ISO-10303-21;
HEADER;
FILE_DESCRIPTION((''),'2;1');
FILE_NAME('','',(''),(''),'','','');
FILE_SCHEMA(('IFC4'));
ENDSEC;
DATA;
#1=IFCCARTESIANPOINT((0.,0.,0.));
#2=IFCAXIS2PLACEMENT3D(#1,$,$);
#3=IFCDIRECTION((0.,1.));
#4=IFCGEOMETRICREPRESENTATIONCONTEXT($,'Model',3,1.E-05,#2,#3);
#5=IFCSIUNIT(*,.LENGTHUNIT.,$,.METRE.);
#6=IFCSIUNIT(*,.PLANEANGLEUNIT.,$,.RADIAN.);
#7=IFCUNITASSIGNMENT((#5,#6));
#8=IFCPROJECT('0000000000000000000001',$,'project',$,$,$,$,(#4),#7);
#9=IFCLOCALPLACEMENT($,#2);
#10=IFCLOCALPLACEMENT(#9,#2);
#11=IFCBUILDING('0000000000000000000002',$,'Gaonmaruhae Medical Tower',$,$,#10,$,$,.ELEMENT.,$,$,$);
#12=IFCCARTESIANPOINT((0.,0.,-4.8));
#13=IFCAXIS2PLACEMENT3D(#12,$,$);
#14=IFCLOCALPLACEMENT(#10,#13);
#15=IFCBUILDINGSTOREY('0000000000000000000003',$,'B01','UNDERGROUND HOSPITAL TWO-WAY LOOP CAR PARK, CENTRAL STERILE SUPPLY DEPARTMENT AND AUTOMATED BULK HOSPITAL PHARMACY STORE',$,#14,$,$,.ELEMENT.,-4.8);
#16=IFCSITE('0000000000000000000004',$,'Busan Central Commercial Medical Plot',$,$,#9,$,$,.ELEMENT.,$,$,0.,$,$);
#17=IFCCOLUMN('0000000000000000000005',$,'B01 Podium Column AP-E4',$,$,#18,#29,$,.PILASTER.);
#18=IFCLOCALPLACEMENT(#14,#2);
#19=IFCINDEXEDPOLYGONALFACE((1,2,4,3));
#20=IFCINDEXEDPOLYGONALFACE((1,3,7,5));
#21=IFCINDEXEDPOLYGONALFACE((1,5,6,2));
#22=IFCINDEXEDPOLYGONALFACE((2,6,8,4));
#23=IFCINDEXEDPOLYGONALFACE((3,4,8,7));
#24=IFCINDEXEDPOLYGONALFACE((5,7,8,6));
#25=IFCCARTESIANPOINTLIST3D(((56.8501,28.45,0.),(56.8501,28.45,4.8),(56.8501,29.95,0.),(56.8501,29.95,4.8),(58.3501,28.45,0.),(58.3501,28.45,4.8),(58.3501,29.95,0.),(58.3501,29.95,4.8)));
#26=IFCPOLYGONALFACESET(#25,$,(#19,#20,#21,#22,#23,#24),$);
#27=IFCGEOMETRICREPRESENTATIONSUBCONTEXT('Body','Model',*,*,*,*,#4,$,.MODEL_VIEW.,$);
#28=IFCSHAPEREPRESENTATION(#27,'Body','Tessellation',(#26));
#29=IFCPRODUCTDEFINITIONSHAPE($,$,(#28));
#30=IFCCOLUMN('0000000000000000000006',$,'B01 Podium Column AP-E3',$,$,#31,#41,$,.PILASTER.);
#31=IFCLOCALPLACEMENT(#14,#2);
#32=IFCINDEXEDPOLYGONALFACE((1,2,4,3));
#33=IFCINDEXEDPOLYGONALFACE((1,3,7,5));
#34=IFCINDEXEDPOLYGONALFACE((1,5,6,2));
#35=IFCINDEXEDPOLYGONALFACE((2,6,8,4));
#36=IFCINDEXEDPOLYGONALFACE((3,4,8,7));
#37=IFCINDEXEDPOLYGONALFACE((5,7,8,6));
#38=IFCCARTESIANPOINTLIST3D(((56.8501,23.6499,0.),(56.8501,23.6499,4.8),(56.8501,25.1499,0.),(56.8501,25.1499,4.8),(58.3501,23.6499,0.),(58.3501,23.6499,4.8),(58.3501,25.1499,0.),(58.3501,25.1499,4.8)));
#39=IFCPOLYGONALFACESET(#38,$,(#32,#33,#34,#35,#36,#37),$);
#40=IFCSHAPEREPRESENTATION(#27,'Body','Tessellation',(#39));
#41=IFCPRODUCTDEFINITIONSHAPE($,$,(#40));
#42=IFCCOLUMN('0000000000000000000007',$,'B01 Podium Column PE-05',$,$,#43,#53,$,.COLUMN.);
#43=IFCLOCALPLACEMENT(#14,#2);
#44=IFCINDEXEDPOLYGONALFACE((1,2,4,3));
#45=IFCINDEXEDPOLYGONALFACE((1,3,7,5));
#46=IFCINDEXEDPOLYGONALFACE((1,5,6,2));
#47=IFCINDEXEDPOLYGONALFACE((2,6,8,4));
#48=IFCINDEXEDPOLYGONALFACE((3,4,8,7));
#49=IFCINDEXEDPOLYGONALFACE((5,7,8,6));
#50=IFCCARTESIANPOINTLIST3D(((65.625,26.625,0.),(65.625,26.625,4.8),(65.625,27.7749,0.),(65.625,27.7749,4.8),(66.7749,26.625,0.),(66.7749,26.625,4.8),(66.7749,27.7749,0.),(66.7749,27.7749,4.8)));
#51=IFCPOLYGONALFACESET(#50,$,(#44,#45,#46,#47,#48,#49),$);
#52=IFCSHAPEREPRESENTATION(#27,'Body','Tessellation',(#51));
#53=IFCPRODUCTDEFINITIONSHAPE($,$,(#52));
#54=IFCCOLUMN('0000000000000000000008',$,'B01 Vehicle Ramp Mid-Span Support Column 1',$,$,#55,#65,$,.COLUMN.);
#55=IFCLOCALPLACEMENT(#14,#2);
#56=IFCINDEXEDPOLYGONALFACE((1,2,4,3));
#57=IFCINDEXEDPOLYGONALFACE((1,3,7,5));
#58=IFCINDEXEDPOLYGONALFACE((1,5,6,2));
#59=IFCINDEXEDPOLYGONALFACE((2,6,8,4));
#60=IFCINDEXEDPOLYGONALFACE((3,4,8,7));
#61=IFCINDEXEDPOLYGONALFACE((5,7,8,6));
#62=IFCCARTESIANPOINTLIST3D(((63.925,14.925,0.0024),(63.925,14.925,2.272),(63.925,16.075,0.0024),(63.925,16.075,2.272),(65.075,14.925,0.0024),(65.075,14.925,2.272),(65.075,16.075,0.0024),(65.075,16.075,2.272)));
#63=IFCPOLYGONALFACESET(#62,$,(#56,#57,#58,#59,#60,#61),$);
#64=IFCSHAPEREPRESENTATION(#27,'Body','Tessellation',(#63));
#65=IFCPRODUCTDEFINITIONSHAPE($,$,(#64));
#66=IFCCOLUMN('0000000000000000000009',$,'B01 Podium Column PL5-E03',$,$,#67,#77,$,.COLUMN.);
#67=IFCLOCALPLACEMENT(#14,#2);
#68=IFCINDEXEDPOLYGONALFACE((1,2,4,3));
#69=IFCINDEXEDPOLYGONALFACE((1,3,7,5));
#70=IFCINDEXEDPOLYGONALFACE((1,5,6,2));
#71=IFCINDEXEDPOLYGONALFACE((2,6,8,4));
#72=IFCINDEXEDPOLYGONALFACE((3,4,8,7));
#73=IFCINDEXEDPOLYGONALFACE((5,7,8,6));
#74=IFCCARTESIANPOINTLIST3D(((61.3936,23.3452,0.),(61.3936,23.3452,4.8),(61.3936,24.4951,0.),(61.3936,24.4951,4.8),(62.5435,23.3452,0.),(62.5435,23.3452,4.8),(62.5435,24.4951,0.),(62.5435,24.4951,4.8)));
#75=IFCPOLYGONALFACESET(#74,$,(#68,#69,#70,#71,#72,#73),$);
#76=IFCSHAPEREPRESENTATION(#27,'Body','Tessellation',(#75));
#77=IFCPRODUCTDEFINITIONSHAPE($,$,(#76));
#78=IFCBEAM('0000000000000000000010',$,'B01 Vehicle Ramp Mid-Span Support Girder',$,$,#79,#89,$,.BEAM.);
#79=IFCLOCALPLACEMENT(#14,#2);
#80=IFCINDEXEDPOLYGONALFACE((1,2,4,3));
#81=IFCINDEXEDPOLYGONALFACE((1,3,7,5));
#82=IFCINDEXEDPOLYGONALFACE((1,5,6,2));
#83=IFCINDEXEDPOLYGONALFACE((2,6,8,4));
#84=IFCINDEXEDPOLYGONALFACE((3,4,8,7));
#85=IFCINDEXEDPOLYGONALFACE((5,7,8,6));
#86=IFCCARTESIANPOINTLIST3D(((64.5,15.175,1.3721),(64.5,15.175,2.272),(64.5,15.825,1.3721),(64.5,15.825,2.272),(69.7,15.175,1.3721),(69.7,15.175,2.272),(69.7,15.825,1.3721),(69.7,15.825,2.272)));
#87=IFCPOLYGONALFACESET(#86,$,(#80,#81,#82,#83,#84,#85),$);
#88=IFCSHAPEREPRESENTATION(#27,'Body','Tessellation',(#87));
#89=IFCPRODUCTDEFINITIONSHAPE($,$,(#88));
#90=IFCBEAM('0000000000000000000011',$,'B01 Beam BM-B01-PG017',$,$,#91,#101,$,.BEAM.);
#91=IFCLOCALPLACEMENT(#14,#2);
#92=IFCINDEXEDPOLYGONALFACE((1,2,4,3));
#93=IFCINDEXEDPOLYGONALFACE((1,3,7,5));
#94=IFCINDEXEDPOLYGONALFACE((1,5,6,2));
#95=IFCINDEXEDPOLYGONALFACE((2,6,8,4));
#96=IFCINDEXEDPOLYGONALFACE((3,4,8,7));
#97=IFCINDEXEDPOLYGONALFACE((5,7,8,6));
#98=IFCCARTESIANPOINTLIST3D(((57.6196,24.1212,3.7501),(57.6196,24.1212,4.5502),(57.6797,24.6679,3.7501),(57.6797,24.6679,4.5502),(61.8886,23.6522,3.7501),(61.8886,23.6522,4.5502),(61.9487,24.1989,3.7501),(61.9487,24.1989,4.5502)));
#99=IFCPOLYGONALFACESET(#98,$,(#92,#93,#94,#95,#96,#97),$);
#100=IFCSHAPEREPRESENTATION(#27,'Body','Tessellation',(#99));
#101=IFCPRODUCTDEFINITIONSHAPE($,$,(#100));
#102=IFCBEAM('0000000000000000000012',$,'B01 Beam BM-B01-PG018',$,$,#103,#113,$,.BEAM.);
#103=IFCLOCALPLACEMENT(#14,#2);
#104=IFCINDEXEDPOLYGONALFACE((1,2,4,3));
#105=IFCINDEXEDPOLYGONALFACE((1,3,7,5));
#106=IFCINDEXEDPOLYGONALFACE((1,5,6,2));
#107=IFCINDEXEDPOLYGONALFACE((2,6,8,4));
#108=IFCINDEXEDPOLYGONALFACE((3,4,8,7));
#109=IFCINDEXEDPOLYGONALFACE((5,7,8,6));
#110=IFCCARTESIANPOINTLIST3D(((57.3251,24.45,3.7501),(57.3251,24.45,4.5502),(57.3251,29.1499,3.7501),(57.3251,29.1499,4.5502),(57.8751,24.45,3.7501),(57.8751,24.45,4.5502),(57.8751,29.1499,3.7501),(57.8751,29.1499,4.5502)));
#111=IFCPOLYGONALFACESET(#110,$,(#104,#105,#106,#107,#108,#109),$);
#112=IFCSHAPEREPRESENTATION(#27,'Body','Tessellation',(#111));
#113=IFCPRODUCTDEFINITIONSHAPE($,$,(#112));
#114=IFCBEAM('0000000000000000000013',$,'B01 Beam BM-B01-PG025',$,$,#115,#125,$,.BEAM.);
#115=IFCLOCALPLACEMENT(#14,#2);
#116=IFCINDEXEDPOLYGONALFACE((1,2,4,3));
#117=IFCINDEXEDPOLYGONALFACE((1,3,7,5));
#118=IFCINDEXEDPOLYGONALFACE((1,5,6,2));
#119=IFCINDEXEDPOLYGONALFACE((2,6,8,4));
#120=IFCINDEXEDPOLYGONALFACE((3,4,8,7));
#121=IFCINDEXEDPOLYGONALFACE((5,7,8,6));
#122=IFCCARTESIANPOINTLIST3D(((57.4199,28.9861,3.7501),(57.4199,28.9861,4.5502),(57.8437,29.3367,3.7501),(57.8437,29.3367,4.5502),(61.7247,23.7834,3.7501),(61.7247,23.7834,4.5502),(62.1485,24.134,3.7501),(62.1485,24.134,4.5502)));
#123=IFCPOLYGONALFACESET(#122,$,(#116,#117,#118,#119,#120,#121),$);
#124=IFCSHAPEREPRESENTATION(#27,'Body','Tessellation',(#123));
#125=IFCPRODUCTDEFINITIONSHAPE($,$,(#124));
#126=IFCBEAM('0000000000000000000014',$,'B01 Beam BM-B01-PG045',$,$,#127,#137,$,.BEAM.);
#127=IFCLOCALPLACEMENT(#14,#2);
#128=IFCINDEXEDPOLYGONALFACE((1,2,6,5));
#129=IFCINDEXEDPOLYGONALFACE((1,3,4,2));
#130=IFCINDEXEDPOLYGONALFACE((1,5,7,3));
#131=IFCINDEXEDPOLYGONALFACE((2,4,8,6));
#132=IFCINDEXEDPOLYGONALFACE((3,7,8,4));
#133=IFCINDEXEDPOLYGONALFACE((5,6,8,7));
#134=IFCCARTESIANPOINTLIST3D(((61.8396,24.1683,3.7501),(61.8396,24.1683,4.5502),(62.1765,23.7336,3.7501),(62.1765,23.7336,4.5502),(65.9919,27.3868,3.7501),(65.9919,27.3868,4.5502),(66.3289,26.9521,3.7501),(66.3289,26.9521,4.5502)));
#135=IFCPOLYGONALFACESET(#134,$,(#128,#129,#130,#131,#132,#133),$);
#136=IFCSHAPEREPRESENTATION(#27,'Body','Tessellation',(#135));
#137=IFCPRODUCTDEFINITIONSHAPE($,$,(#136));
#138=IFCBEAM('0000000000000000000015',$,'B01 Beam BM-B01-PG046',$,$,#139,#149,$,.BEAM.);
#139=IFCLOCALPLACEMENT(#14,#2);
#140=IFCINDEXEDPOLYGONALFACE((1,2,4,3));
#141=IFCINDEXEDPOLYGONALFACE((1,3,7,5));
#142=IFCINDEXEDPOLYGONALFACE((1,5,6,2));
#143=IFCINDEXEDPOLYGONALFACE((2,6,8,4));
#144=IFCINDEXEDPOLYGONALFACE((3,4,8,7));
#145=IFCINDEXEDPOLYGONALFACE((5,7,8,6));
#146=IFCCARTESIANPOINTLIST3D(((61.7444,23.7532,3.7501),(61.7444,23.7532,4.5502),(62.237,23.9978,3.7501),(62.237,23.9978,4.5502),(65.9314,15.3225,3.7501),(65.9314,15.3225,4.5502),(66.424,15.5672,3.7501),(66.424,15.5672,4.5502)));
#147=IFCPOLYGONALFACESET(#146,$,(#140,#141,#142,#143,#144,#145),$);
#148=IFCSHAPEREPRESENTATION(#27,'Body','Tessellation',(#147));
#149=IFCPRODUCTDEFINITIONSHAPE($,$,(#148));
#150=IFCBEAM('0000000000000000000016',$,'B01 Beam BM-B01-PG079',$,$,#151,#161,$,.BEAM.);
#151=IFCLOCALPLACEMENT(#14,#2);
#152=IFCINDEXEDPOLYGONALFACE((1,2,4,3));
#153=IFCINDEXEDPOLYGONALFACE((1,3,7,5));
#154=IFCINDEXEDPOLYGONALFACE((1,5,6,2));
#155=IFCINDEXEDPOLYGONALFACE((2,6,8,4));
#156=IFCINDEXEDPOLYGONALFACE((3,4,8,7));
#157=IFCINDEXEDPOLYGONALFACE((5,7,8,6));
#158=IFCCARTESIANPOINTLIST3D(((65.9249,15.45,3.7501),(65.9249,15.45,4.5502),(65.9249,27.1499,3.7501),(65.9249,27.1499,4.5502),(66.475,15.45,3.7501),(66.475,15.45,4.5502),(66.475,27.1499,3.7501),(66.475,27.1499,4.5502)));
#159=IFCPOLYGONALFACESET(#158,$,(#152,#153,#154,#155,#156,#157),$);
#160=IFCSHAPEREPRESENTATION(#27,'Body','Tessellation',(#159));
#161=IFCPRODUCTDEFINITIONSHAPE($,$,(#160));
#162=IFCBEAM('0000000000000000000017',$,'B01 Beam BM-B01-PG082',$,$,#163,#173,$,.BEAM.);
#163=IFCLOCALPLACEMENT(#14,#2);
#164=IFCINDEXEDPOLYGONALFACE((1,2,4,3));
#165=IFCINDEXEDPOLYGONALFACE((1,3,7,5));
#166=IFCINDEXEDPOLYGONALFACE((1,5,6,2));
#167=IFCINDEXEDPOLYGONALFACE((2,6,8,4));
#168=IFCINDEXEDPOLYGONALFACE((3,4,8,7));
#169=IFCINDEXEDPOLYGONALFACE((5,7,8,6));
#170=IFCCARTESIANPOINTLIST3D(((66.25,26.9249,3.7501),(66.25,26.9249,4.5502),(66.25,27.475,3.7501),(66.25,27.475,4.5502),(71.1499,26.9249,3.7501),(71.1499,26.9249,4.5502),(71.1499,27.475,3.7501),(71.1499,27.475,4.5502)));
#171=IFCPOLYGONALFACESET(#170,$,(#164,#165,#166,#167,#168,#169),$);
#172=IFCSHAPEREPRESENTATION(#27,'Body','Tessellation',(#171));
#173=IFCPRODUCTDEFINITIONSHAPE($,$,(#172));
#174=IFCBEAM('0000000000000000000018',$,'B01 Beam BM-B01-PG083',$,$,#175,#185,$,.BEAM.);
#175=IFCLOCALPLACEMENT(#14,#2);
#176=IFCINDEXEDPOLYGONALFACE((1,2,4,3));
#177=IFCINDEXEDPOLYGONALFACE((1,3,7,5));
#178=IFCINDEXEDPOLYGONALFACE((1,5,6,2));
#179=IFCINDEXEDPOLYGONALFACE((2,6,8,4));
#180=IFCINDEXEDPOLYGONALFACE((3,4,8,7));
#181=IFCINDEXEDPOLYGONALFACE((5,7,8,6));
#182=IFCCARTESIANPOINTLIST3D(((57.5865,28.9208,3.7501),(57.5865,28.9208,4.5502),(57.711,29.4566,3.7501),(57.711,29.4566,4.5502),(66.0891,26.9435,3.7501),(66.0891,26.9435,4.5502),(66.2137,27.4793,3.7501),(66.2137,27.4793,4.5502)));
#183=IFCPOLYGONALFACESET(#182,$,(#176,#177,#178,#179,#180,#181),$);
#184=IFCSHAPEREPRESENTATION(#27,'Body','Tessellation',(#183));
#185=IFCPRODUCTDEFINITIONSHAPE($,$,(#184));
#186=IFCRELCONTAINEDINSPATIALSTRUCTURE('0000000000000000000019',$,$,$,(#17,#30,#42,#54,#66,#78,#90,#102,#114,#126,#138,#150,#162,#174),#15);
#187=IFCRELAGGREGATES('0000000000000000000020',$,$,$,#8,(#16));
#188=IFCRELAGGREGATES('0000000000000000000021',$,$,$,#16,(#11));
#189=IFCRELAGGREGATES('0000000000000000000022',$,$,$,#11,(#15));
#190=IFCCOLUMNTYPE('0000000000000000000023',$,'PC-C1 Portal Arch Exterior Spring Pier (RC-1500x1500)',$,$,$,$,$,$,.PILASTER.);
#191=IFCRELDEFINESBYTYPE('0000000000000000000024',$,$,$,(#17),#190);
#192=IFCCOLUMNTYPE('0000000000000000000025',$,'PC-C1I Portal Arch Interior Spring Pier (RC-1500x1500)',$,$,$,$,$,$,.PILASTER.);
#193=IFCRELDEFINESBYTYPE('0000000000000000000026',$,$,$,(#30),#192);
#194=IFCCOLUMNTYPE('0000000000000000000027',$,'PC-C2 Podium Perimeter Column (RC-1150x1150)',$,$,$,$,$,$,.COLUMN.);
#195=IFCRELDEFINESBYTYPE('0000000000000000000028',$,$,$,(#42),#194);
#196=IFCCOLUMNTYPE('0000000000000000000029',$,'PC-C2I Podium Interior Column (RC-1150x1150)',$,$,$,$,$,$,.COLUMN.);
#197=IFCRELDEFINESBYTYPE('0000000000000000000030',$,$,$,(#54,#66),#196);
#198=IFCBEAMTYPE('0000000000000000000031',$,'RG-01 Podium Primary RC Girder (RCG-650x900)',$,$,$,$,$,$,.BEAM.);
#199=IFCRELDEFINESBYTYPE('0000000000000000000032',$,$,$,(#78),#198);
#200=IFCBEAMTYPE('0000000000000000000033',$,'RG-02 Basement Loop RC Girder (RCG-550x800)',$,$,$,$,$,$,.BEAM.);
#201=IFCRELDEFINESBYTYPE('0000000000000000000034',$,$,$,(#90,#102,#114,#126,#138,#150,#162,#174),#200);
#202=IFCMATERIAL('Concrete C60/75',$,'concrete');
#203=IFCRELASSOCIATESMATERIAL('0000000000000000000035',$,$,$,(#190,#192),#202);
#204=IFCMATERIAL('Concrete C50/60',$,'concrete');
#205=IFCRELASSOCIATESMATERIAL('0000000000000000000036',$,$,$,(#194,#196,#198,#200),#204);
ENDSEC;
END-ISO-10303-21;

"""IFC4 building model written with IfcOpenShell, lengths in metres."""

from ifc_helpers import new_model, si_unit, direction, frame, origin, origin_2d, place, context, subcontext, project, spatial, rectangle, extrude, material, material_profile, profile_set, type_object, element, save


model = new_model("IFC4")

# Units and contexts
model_context = context("Model", 3, precision=1e-05, world=origin(), true_north=direction((0.0, 1.0)))
body_context = subcontext(model_context, "Body", "Model", "MODEL_VIEW")
ifc_project = project(units=[si_unit("LENGTHUNIT", "METRE"), si_unit("PLANEANGLEUNIT", "RADIAN")], contexts=[model_context])

# Site, building, storey
site_placement = place(None, origin())
site = spatial("IfcSite", under=ifc_project, at=site_placement, Name="Busan Central Commercial Medical Plot", CompositionType="ELEMENT", RefElevation=0.0)
building_placement = place(site_placement, origin())
building = spatial("IfcBuilding", under=site, at=building_placement, Name="Gaonmaruhae Medical Tower", CompositionType="ELEMENT")
storey_placement = place(building_placement, frame((0.0, 0.0, -4.8)))
storey = spatial("IfcBuildingStorey", under=building, at=storey_placement, Name="B01", Description="UNDERGROUND HOSPITAL TWO-WAY LOOP CAR PARK, CENTRAL STERILE SUPPLY DEPARTMENT AND AUTOMATED BULK HOSPITAL PHARMACY STORE", CompositionType="ELEMENT", Elevation=-4.8)

# Columns
ifc_material_1 = material(Name="Concrete C60/75", Category="concrete")
ifc_material_profile_1 = material_profile(ifc_material_1, rectangle(XDim=1.5, YDim=1.5, at=origin_2d()), Name="RC-1500x1500")
ifc_profile_set_1 = profile_set([ifc_material_profile_1], Name="Concrete C60/75")
column_type_1 = type_object("IfcColumnType", Name="PC-C1 Portal Arch Exterior Spring Pier (RC-1500x1500)", PredefinedType="PILASTER", material=ifc_profile_set_1)
column_1_placement = place(storey_placement, frame((57.6001, 29.2, 0.0), z_axis=(0.0, 0.0, 1.0), x_axis=(1.0, 0.0, 0.0)))
element("IfcColumn", 1, at=column_1_placement, inside=storey, type_object=column_type_1, Name="B01 Podium Column AP-E4", PredefinedType="PILASTER", context=body_context, shape_type="SweptSolid", body=[
    extrude(rectangle(XDim=1.5, YDim=1.5, at=origin_2d()), origin(), (0.0, 0.0, 1.0), 4.8),
])
ifc_material_profile_2 = material_profile(ifc_material_1, rectangle(XDim=1.5, YDim=1.5, at=origin_2d()), Name="RC-1500x1500")
ifc_profile_set_2 = profile_set([ifc_material_profile_2], Name="Concrete C60/75")
column_type_2 = type_object("IfcColumnType", Name="PC-C1I Portal Arch Interior Spring Pier (RC-1500x1500)", PredefinedType="PILASTER", material=ifc_profile_set_2)
column_2_placement = place(storey_placement, frame((57.6001, 24.3999, 0.0), z_axis=(0.0, 0.0, 1.0), x_axis=(1.0, 0.0, 0.0)))
element("IfcColumn", 2, at=column_2_placement, inside=storey, type_object=column_type_2, Name="B01 Podium Column AP-E3", PredefinedType="PILASTER", context=body_context, shape_type="SweptSolid", body=[
    extrude(rectangle(XDim=1.5, YDim=1.5, at=origin_2d()), origin(), (0.0, 0.0, 1.0), 4.8),
])
ifc_material_2 = material(Name="Concrete C50/60", Category="concrete")
ifc_material_profile_3 = material_profile(ifc_material_2, rectangle(XDim=1.1499, YDim=1.1499, at=origin_2d()), Name="RC-1150x1150")
ifc_profile_set_3 = profile_set([ifc_material_profile_3], Name="Concrete C50/60")
column_type_3 = type_object("IfcColumnType", Name="PC-C2 Podium Perimeter Column (RC-1150x1150)", PredefinedType="COLUMN", material=ifc_profile_set_3)
column_3_placement = place(storey_placement, frame((66.2, 27.2, 0.0), z_axis=(0.0, 0.0, 1.0), x_axis=(1.0, 0.0, 0.0)))
element("IfcColumn", 3, at=column_3_placement, inside=storey, type_object=column_type_3, Name="B01 Podium Column PE-05", PredefinedType="COLUMN", context=body_context, shape_type="SweptSolid", body=[
    extrude(rectangle(XDim=1.1499, YDim=1.1499, at=origin_2d()), origin(), (0.0, 0.0, 1.0), 4.8),
])
ifc_material_profile_4 = material_profile(ifc_material_2, rectangle(XDim=1.1499, YDim=1.1499, at=origin_2d()), Name="RC-1150x1150")
ifc_profile_set_4 = profile_set([ifc_material_profile_4], Name="Concrete C50/60")
column_type_4 = type_object("IfcColumnType", Name="PC-C2I Podium Interior Column (RC-1150x1150)", PredefinedType="COLUMN", material=ifc_profile_set_4)
column_4_placement = place(storey_placement, frame((64.5, 15.5, 0.0024), z_axis=(0.0, 0.0, 1.0), x_axis=(1.0, 0.0, 0.0)))
element("IfcColumn", 4, at=column_4_placement, inside=storey, type_object=column_type_4, Name="B01 Vehicle Ramp Mid-Span Support Column 1", PredefinedType="COLUMN", context=body_context, shape_type="SweptSolid", body=[
    extrude(rectangle(XDim=1.1499, YDim=1.1499, at=origin_2d()), origin(), (0.0, 0.0, 1.0), 2.2695),
])
column_5_placement = place(storey_placement, frame((61.9685, 23.9202, 0.0), z_axis=(0.0, 0.0, 1.0), x_axis=(1.0, 0.0, 0.0)))
element("IfcColumn", 5, at=column_5_placement, inside=storey, type_object=column_type_4, Name="B01 Podium Column PL5-E03", PredefinedType="COLUMN", context=body_context, shape_type="SweptSolid", body=[
    extrude(rectangle(XDim=1.1499, YDim=1.1499, at=origin_2d()), origin(), (0.0, 0.0, 1.0), 4.8),
])

# Beams
ifc_material_profile_5 = material_profile(ifc_material_2, rectangle(XDim=0.6499, YDim=0.8999, at=origin_2d()), Name="RCG-650x900")
ifc_profile_set_5 = profile_set([ifc_material_profile_5], Name="Concrete C50/60")
beam_type_1 = type_object("IfcBeamType", Name="RG-01 Podium Primary RC Girder (RCG-650x900)", PredefinedType="BEAM", material=ifc_profile_set_5)
beam_1_placement = place(storey_placement, frame((64.5, 15.5, 1.822), z_axis=(1.0, 0.0, 0.0), x_axis=(0.0, 1.0, 0.0)))
element("IfcBeam", 6, at=beam_1_placement, inside=storey, type_object=beam_type_1, Name="B01 Vehicle Ramp Mid-Span Support Girder", PredefinedType="BEAM", context=body_context, shape_type="SweptSolid", body=[
    extrude(rectangle(XDim=0.6499, YDim=0.8999, at=origin_2d()), origin(), (0.0, 0.0, 1.0), 5.2),
])
ifc_material_profile_6 = material_profile(ifc_material_2, rectangle(XDim=0.55, YDim=0.8, at=origin_2d()), Name="RCG-550x800")
ifc_profile_set_6 = profile_set([ifc_material_profile_6], Name="Concrete C50/60")
beam_type_2 = type_object("IfcBeamType", Name="RG-02 Basement Loop RC Girder (RCG-550x800)", PredefinedType="BEAM", material=ifc_profile_set_6)
beam_2_placement = place(storey_placement, frame((57.6497, 24.3945, 4.1501), z_axis=(0.99402, -0.109202, 0.0), x_axis=(0.109202, 0.99402, 0.0)))
element("IfcBeam", 7, at=beam_2_placement, inside=storey, type_object=beam_type_2, Name="B01 Beam BM-B01-PG017", PredefinedType="BEAM", context=body_context, shape_type="SweptSolid", body=[
    extrude(rectangle(XDim=0.55, YDim=0.8, at=origin_2d()), origin(), (0.0, 0.0, 1.0), 4.2947),
])
beam_3_placement = place(storey_placement, frame((57.6001, 24.45, 4.1501), z_axis=(0.0, 1.0, 0.0), x_axis=(-1.0, 0.0, 0.0)))
element("IfcBeam", 8, at=beam_3_placement, inside=storey, type_object=beam_type_2, Name="B01 Beam BM-B01-PG018", PredefinedType="BEAM", context=body_context, shape_type="SweptSolid", body=[
    extrude(rectangle(XDim=0.55, YDim=0.8, at=origin_2d()), origin(), (0.0, 0.0, 1.0), 4.7),
])
beam_4_placement = place(storey_placement, frame((57.6318, 29.1614, 4.1501), z_axis=(0.637485, -0.770463, 0.0), x_axis=(0.770463, 0.637485, 0.0)))
element("IfcBeam", 9, at=beam_4_placement, inside=storey, type_object=beam_type_2, Name="B01 Beam BM-B01-PG025", PredefinedType="BEAM", context=body_context, shape_type="SweptSolid", body=[
    extrude(rectangle(XDim=0.55, YDim=0.8, at=origin_2d()), origin(), (0.0, 0.0, 1.0), 6.7527),
])
beam_5_placement = place(storey_placement, frame((62.0081, 23.9509, 4.1501), z_axis=(0.790375, 0.612624, 0.0), x_axis=(-0.612624, 0.790375, 0.0)))
element("IfcBeam", 10, at=beam_5_placement, inside=storey, type_object=beam_type_2, Name="B01 Beam BM-B01-PG045", PredefinedType="BEAM", context=body_context, shape_type="SweptSolid", body=[
    extrude(rectangle(XDim=0.55, YDim=0.8, at=origin_2d()), origin(), (0.0, 0.0, 1.0), 5.2537),
])
beam_6_placement = place(storey_placement, frame((61.9907, 23.8755, 4.1501), z_axis=(0.444805, -0.895627, 0.0), x_axis=(0.895627, 0.444805, 0.0)))
element("IfcBeam", 11, at=beam_6_placement, inside=storey, type_object=beam_type_2, Name="B01 Beam BM-B01-PG046", PredefinedType="BEAM", context=body_context, shape_type="SweptSolid", body=[
    extrude(rectangle(XDim=0.55, YDim=0.8, at=origin_2d()), origin(), (0.0, 0.0, 1.0), 9.4131),
])
beam_7_placement = place(storey_placement, frame((66.2, 15.45, 4.1501), z_axis=(0.0, 1.0, 0.0), x_axis=(-1.0, 0.0, 0.0)))
element("IfcBeam", 12, at=beam_7_placement, inside=storey, type_object=beam_type_2, Name="B01 Beam BM-B01-PG079", PredefinedType="BEAM", context=body_context, shape_type="SweptSolid", body=[
    extrude(rectangle(XDim=0.55, YDim=0.8, at=origin_2d()), origin(), (0.0, 0.0, 1.0), 11.7),
])
beam_8_placement = place(storey_placement, frame((66.25, 27.2, 4.1501), z_axis=(1.0, 0.0, 0.0), x_axis=(0.0, 1.0, 0.0)))
element("IfcBeam", 13, at=beam_8_placement, inside=storey, type_object=beam_type_2, Name="B01 Beam BM-B01-PG082", PredefinedType="BEAM", context=body_context, shape_type="SweptSolid", body=[
    extrude(rectangle(XDim=0.55, YDim=0.8, at=origin_2d()), origin(), (0.0, 0.0, 1.0), 4.8999),
])
beam_9_placement = place(storey_placement, frame((66.1514, 27.2114, 4.1501), z_axis=(-0.97401, 0.226505, 0.0), x_axis=(-0.226505, -0.97401, 0.0)))
element("IfcBeam", 14, at=beam_9_placement, inside=storey, type_object=beam_type_2, Name="B01 Beam BM-B01-PG083", PredefinedType="BEAM", context=body_context, shape_type="SweptSolid", body=[
    extrude(rectangle(XDim=0.55, YDim=0.8, at=origin_2d()), origin(), (0.0, 0.0, 1.0), 8.7295),
])

save(model, "model.ifc")
